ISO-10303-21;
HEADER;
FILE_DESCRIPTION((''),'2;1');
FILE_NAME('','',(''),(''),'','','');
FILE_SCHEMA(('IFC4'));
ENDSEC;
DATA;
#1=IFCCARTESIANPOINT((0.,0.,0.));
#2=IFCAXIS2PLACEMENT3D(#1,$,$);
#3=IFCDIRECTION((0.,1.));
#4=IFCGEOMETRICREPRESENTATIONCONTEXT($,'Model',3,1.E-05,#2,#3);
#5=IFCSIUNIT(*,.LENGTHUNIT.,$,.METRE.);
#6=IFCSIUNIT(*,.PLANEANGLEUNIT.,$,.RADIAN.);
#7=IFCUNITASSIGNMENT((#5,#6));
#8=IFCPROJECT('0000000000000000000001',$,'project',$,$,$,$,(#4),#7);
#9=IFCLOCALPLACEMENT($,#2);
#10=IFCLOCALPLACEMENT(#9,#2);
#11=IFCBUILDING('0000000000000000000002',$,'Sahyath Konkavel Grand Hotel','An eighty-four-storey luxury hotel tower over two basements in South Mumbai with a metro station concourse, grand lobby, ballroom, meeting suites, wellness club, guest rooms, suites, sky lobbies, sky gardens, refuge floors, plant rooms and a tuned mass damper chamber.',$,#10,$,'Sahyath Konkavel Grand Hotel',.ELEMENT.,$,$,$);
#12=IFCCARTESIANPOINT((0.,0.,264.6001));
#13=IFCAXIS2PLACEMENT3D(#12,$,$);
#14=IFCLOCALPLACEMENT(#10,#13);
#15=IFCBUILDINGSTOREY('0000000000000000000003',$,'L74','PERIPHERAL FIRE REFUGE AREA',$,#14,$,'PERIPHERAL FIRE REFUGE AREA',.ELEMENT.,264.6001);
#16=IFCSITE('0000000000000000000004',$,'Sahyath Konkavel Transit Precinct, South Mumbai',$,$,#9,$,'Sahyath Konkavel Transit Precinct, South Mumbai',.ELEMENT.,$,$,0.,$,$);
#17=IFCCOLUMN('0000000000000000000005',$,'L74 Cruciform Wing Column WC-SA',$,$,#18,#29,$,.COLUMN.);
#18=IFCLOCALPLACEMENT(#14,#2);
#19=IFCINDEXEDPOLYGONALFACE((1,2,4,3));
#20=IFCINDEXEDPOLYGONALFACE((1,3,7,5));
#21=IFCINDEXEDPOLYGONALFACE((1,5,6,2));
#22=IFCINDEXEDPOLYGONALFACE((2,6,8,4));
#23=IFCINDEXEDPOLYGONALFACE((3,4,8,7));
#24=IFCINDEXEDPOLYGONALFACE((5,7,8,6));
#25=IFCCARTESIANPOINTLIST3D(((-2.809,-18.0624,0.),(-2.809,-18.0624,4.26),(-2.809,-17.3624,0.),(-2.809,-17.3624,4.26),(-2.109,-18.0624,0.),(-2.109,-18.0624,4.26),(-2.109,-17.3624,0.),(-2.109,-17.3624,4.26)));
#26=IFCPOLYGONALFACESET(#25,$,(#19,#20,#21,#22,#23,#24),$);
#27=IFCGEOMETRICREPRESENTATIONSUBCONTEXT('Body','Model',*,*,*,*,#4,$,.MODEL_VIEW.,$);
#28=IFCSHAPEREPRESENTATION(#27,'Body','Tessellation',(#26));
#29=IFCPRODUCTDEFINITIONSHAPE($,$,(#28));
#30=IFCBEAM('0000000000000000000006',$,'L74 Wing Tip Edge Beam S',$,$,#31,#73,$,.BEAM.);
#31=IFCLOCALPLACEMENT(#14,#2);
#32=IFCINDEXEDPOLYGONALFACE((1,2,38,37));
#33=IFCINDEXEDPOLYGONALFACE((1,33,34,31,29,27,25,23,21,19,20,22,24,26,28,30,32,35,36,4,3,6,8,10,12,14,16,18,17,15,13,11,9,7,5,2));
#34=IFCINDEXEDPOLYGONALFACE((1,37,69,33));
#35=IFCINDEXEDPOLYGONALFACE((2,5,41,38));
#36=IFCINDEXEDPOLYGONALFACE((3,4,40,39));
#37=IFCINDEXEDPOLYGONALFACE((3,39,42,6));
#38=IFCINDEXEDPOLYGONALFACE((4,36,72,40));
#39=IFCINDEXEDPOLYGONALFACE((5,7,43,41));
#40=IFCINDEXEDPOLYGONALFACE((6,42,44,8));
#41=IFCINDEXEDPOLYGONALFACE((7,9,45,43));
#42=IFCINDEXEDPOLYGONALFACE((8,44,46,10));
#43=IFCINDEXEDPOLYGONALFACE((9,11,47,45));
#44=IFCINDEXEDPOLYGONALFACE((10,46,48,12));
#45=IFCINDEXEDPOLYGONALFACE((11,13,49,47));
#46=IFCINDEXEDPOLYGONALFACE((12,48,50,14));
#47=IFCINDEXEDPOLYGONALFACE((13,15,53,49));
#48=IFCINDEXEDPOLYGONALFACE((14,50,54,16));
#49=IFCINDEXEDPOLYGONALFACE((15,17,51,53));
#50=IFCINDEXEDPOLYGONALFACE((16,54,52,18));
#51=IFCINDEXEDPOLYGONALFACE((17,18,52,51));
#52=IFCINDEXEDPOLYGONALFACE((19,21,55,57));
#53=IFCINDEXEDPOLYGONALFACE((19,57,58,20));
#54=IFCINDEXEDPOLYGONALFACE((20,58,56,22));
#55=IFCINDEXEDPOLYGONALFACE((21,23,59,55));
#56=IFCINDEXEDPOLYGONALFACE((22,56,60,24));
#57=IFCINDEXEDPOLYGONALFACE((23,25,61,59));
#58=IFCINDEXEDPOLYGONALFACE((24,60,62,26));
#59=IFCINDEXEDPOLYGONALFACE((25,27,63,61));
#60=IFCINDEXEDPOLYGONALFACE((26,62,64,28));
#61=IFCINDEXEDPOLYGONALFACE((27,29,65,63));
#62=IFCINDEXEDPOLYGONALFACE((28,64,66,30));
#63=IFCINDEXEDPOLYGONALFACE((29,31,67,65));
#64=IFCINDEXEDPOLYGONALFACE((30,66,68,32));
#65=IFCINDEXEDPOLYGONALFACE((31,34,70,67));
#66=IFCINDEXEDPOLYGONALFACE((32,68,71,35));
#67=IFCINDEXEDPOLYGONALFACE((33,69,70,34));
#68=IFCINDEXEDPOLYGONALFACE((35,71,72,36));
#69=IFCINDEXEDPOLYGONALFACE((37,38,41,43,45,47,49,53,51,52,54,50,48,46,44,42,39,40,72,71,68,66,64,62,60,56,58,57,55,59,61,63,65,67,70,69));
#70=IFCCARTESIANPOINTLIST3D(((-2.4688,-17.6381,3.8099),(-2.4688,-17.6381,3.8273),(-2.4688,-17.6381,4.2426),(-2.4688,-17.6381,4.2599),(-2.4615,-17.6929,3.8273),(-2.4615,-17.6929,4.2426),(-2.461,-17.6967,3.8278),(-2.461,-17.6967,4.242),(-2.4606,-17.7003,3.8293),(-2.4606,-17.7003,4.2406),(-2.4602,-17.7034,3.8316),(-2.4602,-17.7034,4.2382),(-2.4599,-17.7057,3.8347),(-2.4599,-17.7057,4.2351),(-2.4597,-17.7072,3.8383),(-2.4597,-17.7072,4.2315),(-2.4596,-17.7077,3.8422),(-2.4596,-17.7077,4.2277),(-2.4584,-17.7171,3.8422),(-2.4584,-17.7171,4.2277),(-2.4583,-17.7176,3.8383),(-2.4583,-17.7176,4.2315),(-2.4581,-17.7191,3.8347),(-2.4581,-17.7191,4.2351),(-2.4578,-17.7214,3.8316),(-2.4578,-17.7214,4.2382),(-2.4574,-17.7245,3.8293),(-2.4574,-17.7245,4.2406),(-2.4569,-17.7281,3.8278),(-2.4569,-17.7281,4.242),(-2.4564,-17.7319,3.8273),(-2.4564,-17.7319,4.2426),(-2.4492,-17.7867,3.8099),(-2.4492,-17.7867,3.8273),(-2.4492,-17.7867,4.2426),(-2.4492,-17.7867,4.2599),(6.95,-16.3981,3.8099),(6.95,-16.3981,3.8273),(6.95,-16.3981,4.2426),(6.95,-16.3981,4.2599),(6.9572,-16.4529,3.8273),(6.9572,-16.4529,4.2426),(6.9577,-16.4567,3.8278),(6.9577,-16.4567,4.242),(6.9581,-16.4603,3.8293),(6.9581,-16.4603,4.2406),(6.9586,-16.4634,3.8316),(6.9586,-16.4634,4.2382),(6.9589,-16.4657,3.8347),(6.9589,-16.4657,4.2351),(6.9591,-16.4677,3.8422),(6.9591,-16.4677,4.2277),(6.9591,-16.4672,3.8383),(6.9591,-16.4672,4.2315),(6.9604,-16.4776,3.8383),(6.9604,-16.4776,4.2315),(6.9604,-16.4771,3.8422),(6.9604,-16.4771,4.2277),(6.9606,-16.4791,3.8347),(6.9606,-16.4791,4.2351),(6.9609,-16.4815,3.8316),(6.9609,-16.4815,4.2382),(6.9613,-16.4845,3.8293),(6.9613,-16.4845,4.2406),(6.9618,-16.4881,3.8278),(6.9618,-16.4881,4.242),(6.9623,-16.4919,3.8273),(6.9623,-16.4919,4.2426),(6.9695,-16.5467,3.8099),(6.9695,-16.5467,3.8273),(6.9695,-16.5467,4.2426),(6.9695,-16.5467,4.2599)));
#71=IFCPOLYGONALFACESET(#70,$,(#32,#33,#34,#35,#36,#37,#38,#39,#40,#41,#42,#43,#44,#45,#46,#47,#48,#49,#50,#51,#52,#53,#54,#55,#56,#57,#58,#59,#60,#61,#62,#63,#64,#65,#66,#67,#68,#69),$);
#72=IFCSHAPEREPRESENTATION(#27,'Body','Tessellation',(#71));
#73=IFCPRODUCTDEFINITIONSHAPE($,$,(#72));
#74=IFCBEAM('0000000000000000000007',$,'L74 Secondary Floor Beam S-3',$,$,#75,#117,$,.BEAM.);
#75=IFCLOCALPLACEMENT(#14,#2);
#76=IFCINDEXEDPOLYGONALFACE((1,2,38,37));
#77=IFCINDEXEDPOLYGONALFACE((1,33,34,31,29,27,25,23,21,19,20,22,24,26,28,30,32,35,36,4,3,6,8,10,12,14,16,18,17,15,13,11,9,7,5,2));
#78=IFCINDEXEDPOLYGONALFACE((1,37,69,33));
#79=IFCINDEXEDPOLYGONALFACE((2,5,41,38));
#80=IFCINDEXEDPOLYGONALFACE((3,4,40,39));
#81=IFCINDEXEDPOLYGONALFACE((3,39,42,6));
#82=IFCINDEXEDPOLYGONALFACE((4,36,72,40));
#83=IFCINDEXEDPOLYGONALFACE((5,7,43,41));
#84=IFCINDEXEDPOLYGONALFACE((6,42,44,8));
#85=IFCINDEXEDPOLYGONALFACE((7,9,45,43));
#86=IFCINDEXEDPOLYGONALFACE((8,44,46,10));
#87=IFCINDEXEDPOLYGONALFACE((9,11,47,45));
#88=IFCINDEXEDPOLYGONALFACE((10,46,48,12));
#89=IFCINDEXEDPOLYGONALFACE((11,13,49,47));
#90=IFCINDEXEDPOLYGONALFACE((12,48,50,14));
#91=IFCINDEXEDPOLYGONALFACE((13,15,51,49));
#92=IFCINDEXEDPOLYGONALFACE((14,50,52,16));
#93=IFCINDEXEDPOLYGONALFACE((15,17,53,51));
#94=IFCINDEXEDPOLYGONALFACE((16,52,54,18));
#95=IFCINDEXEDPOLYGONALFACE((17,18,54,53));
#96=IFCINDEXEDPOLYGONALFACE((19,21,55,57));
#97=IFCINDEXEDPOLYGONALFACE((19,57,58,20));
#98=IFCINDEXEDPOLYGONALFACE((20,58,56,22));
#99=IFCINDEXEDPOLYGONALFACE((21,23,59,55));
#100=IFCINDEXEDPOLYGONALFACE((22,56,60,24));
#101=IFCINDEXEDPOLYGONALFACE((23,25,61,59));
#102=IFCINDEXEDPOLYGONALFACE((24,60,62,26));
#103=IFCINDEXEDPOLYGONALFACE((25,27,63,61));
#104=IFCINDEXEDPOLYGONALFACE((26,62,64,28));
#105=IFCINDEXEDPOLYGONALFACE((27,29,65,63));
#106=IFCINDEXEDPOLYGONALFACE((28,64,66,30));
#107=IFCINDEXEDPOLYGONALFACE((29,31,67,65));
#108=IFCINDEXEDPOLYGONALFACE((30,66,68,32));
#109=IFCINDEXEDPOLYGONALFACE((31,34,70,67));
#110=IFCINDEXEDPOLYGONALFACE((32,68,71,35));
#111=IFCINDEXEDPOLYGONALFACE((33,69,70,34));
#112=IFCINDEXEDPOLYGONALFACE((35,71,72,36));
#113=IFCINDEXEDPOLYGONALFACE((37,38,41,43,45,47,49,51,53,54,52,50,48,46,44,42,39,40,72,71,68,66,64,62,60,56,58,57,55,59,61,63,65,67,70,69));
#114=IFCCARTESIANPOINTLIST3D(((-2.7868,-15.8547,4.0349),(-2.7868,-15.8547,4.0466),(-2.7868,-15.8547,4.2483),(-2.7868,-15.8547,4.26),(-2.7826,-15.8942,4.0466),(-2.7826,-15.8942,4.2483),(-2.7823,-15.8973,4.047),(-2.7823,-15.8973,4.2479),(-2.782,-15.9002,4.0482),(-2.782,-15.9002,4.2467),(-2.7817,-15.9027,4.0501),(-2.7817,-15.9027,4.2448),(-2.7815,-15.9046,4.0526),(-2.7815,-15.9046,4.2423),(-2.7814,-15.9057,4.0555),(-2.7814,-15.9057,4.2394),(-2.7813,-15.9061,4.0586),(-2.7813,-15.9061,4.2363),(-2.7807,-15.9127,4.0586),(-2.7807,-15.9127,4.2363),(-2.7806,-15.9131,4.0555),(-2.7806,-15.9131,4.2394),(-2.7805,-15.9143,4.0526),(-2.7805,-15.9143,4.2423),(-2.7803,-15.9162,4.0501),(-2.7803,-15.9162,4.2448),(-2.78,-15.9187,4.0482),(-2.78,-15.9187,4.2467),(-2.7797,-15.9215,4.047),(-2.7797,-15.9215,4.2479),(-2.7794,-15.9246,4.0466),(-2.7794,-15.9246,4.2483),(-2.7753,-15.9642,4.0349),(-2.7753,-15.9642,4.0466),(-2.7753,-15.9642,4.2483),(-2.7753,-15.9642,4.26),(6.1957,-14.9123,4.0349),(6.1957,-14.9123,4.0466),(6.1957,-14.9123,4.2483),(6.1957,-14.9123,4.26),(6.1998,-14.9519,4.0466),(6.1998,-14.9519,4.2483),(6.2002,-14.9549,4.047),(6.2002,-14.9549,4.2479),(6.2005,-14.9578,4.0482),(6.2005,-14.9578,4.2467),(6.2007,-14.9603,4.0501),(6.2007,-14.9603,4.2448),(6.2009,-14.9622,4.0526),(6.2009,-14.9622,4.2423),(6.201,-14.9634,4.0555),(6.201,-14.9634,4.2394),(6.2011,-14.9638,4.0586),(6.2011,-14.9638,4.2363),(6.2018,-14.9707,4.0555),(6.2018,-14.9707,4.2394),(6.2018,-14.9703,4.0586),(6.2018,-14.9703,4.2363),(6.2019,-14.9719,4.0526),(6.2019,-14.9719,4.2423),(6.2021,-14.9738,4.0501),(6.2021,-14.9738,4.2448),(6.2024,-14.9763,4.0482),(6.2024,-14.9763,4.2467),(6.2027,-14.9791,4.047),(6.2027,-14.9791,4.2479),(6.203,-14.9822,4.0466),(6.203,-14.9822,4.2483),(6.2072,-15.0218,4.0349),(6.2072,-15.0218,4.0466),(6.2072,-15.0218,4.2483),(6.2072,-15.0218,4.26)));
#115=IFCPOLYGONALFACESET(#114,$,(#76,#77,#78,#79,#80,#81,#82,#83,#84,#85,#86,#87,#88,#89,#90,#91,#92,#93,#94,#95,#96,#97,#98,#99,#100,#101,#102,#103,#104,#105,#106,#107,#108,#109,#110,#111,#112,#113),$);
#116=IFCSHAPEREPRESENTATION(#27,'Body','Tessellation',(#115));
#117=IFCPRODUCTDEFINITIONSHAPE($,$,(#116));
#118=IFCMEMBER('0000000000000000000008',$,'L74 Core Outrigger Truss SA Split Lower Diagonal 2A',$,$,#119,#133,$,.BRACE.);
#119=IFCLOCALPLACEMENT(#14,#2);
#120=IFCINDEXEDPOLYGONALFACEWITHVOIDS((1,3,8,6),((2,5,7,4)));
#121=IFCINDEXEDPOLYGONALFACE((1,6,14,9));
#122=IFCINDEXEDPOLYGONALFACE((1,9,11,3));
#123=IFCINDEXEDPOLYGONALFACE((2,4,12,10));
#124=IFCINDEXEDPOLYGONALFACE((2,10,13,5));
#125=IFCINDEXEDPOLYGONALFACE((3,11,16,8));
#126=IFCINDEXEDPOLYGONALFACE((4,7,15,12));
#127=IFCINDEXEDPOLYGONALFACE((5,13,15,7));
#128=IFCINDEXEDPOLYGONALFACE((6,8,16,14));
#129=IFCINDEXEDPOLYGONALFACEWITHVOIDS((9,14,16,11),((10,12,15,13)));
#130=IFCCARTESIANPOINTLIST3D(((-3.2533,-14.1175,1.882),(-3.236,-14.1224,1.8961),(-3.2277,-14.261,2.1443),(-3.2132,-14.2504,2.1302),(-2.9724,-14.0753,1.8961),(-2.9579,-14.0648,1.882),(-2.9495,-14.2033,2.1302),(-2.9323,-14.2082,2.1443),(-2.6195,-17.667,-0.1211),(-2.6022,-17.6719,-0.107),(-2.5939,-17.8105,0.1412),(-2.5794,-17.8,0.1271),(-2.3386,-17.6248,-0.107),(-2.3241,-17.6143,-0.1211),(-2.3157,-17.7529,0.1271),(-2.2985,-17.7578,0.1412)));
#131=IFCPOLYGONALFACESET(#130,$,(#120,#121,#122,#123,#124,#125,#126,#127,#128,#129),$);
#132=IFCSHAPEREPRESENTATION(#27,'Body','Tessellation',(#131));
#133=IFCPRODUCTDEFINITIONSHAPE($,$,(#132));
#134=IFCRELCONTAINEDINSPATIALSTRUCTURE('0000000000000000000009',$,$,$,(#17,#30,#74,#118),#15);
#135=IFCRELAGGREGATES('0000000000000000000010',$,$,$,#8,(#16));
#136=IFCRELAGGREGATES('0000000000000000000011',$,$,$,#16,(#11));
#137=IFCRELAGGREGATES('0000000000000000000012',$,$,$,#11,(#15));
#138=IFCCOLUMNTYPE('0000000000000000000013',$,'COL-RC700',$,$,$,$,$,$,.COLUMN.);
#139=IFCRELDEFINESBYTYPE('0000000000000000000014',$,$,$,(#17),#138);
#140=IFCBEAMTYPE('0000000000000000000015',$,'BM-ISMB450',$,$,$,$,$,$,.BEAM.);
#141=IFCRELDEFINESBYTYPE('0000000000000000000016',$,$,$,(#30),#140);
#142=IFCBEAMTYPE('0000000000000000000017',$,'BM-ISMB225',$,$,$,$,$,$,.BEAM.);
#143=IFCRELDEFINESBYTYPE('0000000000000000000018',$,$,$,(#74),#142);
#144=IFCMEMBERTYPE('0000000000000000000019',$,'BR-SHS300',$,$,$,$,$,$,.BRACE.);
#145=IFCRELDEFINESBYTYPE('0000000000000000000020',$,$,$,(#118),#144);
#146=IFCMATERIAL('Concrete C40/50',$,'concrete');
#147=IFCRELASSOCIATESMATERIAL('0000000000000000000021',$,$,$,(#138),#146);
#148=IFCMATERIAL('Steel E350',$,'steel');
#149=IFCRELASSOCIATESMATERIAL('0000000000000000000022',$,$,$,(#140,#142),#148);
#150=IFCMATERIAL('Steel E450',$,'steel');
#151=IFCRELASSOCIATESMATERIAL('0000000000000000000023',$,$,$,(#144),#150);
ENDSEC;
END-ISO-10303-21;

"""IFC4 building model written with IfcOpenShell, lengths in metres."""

from ifc_helpers import new_model, si_unit, direction, frame, origin, origin_2d, place, context, subcontext, project, spatial, rectangle, hollow_rectangle, i_section, extrude, source, transform, mapped, material, material_profile, profile_set, type_object, element, save


model = new_model("IFC4")

# Units and contexts
model_context = context("Model", 3, precision=1e-05, world=origin(), true_north=direction((0.0, 1.0)))
body_context = subcontext(model_context, "Body", "Model", "MODEL_VIEW")
ifc_project = project(units=[si_unit("LENGTHUNIT", "METRE"), si_unit("PLANEANGLEUNIT", "RADIAN")], contexts=[model_context])

# Site, building, storey
site_placement = place(None, origin())
site = spatial("IfcSite", under=ifc_project, at=site_placement, Name="Sahyath Konkavel Transit Precinct, South Mumbai", LongName="Sahyath Konkavel Transit Precinct, South Mumbai", CompositionType="ELEMENT", RefElevation=0.0)
building_placement = place(site_placement, origin())
building = spatial("IfcBuilding", under=site, at=building_placement, Name="Sahyath Konkavel Grand Hotel", Description="An eighty-four-storey luxury hotel tower over two basements in South Mumbai with a metro station concourse, grand lobby, ballroom, meeting suites, wellness club, guest rooms, suites, sky lobbies, sky gardens, refuge floors, plant rooms and a tuned mass damper chamber.", LongName="Sahyath Konkavel Grand Hotel", CompositionType="ELEMENT")
storey_placement = place(building_placement, frame((0.0, 0.0, 264.6001)))
storey = spatial("IfcBuildingStorey", under=building, at=storey_placement, Name="L74", Description="PERIPHERAL FIRE REFUGE AREA", LongName="PERIPHERAL FIRE REFUGE AREA", CompositionType="ELEMENT", Elevation=264.6001)

# Column
ifc_material_1 = material(Name="Concrete C40/50", Category="concrete")
ifc_material_profile_1 = material_profile(ifc_material_1, rectangle(XDim=0.7, YDim=0.7, at=origin_2d()), Name="RC 700x700")
ifc_profile_set_1 = profile_set([ifc_material_profile_1], Name="Concrete C40/50")
column_type = type_object("IfcColumnType", Name="COL-RC700", PredefinedType="COLUMN", material=ifc_profile_set_1)
shared_shape_1 = source(origin(), body_context, "Body", "SweptSolid", [
    extrude(rectangle(XDim=0.7, YDim=0.7, at=origin_2d()), origin(), (0.0, 0.0, 1.0), 4.26),
])
column_placement = place(storey_placement, frame((-2.459, -17.7124, 0.0), z_axis=(0.0, 0.0, 1.0), x_axis=(1.0, 0.0, 0.0)))
element("IfcColumn", 1, at=column_placement, inside=storey, type_object=column_type, Name="L74 Cruciform Wing Column WC-SA", PredefinedType="COLUMN", context=body_context, shape_type="MappedRepresentation", body=[
    mapped(shared_shape_1, transform((0.0, 0.0, 0.0), scale=1.0)),
])

# Beams
ifc_material_2 = material(Name="Steel E350", Category="steel")
ifc_material_profile_2 = material_profile(ifc_material_2, i_section(OverallWidth=0.1499, OverallDepth=0.45, WebThickness=0.0095, FlangeThickness=0.0173, FilletRadius=0.0149, at=origin_2d()), Name="ISMB 450")
ifc_profile_set_2 = profile_set([ifc_material_profile_2], Name="Steel E350")
beam_type_1 = type_object("IfcBeamType", Name="BM-ISMB450", PredefinedType="BEAM", material=ifc_profile_set_2)
shared_shape_2 = source(origin(), body_context, "Body", "SweptSolid", [
    extrude(i_section(OverallWidth=0.1499, OverallDepth=0.45, WebThickness=0.0095, FlangeThickness=0.0173, FilletRadius=0.0149, at=origin_2d()), origin(), (0.0, 0.0, 1.0), 9.5),
])
beam_1_placement = place(storey_placement, frame((-2.459, -17.7124, 4.0349), z_axis=(0.991445, 0.130526, 0.0), x_axis=(-0.130526, 0.991445, 0.0)))
element("IfcBeam", 2, at=beam_1_placement, inside=storey, type_object=beam_type_1, Name="L74 Wing Tip Edge Beam S", PredefinedType="BEAM", context=body_context, shape_type="MappedRepresentation", body=[
    mapped(shared_shape_2, transform((0.0, 0.0, 0.0), scale=1.0)),
])
ifc_material_profile_3 = material_profile(ifc_material_2, i_section(OverallWidth=0.1101, OverallDepth=0.2251, WebThickness=0.0066, FlangeThickness=0.0117, FilletRadius=0.012, at=origin_2d()), Name="ISMB 225")
ifc_profile_set_3 = profile_set([ifc_material_profile_3], Name="Steel E350")
beam_type_2 = type_object("IfcBeamType", Name="BM-ISMB225", PredefinedType="BEAM", material=ifc_profile_set_3)
shared_shape_3 = source(origin(), body_context, "Body", "SweptSolid", [
    extrude(i_section(OverallWidth=0.1101, OverallDepth=0.2251, WebThickness=0.0066, FlangeThickness=0.0117, FilletRadius=0.012, at=origin_2d()), origin(), (0.0, 0.0, 1.0), 9.0317),
])
beam_2_placement = place(storey_placement, frame((-2.781, -15.9094, 4.1475), z_axis=(0.994542, 0.104341, 0.0), x_axis=(-0.104341, 0.994542, 0.0)))
element("IfcBeam", 3, at=beam_2_placement, inside=storey, type_object=beam_type_2, Name="L74 Secondary Floor Beam S-3", PredefinedType="BEAM", context=body_context, shape_type="MappedRepresentation", body=[
    mapped(shared_shape_3, transform((0.0, 0.0, 0.0), scale=1.0)),
])

# Member
ifc_material_3 = material(Name="Steel E450", Category="steel")
ifc_material_profile_4 = material_profile(ifc_material_3, hollow_rectangle(XDim=0.3, YDim=0.3, WallThickness=0.0161, at=origin_2d()), Name="SHS 300x300x16")
ifc_profile_set_4 = profile_set([ifc_material_profile_4], Name="Steel E450")
member_type_1 = type_object("IfcMemberType", Name="BR-SHS300", PredefinedType="BRACE", material=ifc_profile_set_4)
shared_shape_4 = source(origin(), body_context, "Body", "SweptSolid", [
    extrude(hollow_rectangle(XDim=0.3, YDim=0.3, WallThickness=0.0161, at=origin_2d()), origin(), (0.0, 0.0, 1.0), 4.1248),
])
member_1_placement = place(storey_placement, frame((-2.459, -17.7124, 0.01), z_axis=(-0.153654, 0.860546, 0.485644), x_axis=(-0.984431, -0.175774, 0.0)))
element("IfcMember", 4, at=member_1_placement, inside=storey, type_object=member_type_1, Name="L74 Core Outrigger Truss SA Split Lower Diagonal 2A", PredefinedType="BRACE", context=body_context, shape_type="MappedRepresentation", body=[
    mapped(shared_shape_4, transform((0.0, 0.0, 0.0), scale=1.0)),
])

save(model, "model.ifc")
